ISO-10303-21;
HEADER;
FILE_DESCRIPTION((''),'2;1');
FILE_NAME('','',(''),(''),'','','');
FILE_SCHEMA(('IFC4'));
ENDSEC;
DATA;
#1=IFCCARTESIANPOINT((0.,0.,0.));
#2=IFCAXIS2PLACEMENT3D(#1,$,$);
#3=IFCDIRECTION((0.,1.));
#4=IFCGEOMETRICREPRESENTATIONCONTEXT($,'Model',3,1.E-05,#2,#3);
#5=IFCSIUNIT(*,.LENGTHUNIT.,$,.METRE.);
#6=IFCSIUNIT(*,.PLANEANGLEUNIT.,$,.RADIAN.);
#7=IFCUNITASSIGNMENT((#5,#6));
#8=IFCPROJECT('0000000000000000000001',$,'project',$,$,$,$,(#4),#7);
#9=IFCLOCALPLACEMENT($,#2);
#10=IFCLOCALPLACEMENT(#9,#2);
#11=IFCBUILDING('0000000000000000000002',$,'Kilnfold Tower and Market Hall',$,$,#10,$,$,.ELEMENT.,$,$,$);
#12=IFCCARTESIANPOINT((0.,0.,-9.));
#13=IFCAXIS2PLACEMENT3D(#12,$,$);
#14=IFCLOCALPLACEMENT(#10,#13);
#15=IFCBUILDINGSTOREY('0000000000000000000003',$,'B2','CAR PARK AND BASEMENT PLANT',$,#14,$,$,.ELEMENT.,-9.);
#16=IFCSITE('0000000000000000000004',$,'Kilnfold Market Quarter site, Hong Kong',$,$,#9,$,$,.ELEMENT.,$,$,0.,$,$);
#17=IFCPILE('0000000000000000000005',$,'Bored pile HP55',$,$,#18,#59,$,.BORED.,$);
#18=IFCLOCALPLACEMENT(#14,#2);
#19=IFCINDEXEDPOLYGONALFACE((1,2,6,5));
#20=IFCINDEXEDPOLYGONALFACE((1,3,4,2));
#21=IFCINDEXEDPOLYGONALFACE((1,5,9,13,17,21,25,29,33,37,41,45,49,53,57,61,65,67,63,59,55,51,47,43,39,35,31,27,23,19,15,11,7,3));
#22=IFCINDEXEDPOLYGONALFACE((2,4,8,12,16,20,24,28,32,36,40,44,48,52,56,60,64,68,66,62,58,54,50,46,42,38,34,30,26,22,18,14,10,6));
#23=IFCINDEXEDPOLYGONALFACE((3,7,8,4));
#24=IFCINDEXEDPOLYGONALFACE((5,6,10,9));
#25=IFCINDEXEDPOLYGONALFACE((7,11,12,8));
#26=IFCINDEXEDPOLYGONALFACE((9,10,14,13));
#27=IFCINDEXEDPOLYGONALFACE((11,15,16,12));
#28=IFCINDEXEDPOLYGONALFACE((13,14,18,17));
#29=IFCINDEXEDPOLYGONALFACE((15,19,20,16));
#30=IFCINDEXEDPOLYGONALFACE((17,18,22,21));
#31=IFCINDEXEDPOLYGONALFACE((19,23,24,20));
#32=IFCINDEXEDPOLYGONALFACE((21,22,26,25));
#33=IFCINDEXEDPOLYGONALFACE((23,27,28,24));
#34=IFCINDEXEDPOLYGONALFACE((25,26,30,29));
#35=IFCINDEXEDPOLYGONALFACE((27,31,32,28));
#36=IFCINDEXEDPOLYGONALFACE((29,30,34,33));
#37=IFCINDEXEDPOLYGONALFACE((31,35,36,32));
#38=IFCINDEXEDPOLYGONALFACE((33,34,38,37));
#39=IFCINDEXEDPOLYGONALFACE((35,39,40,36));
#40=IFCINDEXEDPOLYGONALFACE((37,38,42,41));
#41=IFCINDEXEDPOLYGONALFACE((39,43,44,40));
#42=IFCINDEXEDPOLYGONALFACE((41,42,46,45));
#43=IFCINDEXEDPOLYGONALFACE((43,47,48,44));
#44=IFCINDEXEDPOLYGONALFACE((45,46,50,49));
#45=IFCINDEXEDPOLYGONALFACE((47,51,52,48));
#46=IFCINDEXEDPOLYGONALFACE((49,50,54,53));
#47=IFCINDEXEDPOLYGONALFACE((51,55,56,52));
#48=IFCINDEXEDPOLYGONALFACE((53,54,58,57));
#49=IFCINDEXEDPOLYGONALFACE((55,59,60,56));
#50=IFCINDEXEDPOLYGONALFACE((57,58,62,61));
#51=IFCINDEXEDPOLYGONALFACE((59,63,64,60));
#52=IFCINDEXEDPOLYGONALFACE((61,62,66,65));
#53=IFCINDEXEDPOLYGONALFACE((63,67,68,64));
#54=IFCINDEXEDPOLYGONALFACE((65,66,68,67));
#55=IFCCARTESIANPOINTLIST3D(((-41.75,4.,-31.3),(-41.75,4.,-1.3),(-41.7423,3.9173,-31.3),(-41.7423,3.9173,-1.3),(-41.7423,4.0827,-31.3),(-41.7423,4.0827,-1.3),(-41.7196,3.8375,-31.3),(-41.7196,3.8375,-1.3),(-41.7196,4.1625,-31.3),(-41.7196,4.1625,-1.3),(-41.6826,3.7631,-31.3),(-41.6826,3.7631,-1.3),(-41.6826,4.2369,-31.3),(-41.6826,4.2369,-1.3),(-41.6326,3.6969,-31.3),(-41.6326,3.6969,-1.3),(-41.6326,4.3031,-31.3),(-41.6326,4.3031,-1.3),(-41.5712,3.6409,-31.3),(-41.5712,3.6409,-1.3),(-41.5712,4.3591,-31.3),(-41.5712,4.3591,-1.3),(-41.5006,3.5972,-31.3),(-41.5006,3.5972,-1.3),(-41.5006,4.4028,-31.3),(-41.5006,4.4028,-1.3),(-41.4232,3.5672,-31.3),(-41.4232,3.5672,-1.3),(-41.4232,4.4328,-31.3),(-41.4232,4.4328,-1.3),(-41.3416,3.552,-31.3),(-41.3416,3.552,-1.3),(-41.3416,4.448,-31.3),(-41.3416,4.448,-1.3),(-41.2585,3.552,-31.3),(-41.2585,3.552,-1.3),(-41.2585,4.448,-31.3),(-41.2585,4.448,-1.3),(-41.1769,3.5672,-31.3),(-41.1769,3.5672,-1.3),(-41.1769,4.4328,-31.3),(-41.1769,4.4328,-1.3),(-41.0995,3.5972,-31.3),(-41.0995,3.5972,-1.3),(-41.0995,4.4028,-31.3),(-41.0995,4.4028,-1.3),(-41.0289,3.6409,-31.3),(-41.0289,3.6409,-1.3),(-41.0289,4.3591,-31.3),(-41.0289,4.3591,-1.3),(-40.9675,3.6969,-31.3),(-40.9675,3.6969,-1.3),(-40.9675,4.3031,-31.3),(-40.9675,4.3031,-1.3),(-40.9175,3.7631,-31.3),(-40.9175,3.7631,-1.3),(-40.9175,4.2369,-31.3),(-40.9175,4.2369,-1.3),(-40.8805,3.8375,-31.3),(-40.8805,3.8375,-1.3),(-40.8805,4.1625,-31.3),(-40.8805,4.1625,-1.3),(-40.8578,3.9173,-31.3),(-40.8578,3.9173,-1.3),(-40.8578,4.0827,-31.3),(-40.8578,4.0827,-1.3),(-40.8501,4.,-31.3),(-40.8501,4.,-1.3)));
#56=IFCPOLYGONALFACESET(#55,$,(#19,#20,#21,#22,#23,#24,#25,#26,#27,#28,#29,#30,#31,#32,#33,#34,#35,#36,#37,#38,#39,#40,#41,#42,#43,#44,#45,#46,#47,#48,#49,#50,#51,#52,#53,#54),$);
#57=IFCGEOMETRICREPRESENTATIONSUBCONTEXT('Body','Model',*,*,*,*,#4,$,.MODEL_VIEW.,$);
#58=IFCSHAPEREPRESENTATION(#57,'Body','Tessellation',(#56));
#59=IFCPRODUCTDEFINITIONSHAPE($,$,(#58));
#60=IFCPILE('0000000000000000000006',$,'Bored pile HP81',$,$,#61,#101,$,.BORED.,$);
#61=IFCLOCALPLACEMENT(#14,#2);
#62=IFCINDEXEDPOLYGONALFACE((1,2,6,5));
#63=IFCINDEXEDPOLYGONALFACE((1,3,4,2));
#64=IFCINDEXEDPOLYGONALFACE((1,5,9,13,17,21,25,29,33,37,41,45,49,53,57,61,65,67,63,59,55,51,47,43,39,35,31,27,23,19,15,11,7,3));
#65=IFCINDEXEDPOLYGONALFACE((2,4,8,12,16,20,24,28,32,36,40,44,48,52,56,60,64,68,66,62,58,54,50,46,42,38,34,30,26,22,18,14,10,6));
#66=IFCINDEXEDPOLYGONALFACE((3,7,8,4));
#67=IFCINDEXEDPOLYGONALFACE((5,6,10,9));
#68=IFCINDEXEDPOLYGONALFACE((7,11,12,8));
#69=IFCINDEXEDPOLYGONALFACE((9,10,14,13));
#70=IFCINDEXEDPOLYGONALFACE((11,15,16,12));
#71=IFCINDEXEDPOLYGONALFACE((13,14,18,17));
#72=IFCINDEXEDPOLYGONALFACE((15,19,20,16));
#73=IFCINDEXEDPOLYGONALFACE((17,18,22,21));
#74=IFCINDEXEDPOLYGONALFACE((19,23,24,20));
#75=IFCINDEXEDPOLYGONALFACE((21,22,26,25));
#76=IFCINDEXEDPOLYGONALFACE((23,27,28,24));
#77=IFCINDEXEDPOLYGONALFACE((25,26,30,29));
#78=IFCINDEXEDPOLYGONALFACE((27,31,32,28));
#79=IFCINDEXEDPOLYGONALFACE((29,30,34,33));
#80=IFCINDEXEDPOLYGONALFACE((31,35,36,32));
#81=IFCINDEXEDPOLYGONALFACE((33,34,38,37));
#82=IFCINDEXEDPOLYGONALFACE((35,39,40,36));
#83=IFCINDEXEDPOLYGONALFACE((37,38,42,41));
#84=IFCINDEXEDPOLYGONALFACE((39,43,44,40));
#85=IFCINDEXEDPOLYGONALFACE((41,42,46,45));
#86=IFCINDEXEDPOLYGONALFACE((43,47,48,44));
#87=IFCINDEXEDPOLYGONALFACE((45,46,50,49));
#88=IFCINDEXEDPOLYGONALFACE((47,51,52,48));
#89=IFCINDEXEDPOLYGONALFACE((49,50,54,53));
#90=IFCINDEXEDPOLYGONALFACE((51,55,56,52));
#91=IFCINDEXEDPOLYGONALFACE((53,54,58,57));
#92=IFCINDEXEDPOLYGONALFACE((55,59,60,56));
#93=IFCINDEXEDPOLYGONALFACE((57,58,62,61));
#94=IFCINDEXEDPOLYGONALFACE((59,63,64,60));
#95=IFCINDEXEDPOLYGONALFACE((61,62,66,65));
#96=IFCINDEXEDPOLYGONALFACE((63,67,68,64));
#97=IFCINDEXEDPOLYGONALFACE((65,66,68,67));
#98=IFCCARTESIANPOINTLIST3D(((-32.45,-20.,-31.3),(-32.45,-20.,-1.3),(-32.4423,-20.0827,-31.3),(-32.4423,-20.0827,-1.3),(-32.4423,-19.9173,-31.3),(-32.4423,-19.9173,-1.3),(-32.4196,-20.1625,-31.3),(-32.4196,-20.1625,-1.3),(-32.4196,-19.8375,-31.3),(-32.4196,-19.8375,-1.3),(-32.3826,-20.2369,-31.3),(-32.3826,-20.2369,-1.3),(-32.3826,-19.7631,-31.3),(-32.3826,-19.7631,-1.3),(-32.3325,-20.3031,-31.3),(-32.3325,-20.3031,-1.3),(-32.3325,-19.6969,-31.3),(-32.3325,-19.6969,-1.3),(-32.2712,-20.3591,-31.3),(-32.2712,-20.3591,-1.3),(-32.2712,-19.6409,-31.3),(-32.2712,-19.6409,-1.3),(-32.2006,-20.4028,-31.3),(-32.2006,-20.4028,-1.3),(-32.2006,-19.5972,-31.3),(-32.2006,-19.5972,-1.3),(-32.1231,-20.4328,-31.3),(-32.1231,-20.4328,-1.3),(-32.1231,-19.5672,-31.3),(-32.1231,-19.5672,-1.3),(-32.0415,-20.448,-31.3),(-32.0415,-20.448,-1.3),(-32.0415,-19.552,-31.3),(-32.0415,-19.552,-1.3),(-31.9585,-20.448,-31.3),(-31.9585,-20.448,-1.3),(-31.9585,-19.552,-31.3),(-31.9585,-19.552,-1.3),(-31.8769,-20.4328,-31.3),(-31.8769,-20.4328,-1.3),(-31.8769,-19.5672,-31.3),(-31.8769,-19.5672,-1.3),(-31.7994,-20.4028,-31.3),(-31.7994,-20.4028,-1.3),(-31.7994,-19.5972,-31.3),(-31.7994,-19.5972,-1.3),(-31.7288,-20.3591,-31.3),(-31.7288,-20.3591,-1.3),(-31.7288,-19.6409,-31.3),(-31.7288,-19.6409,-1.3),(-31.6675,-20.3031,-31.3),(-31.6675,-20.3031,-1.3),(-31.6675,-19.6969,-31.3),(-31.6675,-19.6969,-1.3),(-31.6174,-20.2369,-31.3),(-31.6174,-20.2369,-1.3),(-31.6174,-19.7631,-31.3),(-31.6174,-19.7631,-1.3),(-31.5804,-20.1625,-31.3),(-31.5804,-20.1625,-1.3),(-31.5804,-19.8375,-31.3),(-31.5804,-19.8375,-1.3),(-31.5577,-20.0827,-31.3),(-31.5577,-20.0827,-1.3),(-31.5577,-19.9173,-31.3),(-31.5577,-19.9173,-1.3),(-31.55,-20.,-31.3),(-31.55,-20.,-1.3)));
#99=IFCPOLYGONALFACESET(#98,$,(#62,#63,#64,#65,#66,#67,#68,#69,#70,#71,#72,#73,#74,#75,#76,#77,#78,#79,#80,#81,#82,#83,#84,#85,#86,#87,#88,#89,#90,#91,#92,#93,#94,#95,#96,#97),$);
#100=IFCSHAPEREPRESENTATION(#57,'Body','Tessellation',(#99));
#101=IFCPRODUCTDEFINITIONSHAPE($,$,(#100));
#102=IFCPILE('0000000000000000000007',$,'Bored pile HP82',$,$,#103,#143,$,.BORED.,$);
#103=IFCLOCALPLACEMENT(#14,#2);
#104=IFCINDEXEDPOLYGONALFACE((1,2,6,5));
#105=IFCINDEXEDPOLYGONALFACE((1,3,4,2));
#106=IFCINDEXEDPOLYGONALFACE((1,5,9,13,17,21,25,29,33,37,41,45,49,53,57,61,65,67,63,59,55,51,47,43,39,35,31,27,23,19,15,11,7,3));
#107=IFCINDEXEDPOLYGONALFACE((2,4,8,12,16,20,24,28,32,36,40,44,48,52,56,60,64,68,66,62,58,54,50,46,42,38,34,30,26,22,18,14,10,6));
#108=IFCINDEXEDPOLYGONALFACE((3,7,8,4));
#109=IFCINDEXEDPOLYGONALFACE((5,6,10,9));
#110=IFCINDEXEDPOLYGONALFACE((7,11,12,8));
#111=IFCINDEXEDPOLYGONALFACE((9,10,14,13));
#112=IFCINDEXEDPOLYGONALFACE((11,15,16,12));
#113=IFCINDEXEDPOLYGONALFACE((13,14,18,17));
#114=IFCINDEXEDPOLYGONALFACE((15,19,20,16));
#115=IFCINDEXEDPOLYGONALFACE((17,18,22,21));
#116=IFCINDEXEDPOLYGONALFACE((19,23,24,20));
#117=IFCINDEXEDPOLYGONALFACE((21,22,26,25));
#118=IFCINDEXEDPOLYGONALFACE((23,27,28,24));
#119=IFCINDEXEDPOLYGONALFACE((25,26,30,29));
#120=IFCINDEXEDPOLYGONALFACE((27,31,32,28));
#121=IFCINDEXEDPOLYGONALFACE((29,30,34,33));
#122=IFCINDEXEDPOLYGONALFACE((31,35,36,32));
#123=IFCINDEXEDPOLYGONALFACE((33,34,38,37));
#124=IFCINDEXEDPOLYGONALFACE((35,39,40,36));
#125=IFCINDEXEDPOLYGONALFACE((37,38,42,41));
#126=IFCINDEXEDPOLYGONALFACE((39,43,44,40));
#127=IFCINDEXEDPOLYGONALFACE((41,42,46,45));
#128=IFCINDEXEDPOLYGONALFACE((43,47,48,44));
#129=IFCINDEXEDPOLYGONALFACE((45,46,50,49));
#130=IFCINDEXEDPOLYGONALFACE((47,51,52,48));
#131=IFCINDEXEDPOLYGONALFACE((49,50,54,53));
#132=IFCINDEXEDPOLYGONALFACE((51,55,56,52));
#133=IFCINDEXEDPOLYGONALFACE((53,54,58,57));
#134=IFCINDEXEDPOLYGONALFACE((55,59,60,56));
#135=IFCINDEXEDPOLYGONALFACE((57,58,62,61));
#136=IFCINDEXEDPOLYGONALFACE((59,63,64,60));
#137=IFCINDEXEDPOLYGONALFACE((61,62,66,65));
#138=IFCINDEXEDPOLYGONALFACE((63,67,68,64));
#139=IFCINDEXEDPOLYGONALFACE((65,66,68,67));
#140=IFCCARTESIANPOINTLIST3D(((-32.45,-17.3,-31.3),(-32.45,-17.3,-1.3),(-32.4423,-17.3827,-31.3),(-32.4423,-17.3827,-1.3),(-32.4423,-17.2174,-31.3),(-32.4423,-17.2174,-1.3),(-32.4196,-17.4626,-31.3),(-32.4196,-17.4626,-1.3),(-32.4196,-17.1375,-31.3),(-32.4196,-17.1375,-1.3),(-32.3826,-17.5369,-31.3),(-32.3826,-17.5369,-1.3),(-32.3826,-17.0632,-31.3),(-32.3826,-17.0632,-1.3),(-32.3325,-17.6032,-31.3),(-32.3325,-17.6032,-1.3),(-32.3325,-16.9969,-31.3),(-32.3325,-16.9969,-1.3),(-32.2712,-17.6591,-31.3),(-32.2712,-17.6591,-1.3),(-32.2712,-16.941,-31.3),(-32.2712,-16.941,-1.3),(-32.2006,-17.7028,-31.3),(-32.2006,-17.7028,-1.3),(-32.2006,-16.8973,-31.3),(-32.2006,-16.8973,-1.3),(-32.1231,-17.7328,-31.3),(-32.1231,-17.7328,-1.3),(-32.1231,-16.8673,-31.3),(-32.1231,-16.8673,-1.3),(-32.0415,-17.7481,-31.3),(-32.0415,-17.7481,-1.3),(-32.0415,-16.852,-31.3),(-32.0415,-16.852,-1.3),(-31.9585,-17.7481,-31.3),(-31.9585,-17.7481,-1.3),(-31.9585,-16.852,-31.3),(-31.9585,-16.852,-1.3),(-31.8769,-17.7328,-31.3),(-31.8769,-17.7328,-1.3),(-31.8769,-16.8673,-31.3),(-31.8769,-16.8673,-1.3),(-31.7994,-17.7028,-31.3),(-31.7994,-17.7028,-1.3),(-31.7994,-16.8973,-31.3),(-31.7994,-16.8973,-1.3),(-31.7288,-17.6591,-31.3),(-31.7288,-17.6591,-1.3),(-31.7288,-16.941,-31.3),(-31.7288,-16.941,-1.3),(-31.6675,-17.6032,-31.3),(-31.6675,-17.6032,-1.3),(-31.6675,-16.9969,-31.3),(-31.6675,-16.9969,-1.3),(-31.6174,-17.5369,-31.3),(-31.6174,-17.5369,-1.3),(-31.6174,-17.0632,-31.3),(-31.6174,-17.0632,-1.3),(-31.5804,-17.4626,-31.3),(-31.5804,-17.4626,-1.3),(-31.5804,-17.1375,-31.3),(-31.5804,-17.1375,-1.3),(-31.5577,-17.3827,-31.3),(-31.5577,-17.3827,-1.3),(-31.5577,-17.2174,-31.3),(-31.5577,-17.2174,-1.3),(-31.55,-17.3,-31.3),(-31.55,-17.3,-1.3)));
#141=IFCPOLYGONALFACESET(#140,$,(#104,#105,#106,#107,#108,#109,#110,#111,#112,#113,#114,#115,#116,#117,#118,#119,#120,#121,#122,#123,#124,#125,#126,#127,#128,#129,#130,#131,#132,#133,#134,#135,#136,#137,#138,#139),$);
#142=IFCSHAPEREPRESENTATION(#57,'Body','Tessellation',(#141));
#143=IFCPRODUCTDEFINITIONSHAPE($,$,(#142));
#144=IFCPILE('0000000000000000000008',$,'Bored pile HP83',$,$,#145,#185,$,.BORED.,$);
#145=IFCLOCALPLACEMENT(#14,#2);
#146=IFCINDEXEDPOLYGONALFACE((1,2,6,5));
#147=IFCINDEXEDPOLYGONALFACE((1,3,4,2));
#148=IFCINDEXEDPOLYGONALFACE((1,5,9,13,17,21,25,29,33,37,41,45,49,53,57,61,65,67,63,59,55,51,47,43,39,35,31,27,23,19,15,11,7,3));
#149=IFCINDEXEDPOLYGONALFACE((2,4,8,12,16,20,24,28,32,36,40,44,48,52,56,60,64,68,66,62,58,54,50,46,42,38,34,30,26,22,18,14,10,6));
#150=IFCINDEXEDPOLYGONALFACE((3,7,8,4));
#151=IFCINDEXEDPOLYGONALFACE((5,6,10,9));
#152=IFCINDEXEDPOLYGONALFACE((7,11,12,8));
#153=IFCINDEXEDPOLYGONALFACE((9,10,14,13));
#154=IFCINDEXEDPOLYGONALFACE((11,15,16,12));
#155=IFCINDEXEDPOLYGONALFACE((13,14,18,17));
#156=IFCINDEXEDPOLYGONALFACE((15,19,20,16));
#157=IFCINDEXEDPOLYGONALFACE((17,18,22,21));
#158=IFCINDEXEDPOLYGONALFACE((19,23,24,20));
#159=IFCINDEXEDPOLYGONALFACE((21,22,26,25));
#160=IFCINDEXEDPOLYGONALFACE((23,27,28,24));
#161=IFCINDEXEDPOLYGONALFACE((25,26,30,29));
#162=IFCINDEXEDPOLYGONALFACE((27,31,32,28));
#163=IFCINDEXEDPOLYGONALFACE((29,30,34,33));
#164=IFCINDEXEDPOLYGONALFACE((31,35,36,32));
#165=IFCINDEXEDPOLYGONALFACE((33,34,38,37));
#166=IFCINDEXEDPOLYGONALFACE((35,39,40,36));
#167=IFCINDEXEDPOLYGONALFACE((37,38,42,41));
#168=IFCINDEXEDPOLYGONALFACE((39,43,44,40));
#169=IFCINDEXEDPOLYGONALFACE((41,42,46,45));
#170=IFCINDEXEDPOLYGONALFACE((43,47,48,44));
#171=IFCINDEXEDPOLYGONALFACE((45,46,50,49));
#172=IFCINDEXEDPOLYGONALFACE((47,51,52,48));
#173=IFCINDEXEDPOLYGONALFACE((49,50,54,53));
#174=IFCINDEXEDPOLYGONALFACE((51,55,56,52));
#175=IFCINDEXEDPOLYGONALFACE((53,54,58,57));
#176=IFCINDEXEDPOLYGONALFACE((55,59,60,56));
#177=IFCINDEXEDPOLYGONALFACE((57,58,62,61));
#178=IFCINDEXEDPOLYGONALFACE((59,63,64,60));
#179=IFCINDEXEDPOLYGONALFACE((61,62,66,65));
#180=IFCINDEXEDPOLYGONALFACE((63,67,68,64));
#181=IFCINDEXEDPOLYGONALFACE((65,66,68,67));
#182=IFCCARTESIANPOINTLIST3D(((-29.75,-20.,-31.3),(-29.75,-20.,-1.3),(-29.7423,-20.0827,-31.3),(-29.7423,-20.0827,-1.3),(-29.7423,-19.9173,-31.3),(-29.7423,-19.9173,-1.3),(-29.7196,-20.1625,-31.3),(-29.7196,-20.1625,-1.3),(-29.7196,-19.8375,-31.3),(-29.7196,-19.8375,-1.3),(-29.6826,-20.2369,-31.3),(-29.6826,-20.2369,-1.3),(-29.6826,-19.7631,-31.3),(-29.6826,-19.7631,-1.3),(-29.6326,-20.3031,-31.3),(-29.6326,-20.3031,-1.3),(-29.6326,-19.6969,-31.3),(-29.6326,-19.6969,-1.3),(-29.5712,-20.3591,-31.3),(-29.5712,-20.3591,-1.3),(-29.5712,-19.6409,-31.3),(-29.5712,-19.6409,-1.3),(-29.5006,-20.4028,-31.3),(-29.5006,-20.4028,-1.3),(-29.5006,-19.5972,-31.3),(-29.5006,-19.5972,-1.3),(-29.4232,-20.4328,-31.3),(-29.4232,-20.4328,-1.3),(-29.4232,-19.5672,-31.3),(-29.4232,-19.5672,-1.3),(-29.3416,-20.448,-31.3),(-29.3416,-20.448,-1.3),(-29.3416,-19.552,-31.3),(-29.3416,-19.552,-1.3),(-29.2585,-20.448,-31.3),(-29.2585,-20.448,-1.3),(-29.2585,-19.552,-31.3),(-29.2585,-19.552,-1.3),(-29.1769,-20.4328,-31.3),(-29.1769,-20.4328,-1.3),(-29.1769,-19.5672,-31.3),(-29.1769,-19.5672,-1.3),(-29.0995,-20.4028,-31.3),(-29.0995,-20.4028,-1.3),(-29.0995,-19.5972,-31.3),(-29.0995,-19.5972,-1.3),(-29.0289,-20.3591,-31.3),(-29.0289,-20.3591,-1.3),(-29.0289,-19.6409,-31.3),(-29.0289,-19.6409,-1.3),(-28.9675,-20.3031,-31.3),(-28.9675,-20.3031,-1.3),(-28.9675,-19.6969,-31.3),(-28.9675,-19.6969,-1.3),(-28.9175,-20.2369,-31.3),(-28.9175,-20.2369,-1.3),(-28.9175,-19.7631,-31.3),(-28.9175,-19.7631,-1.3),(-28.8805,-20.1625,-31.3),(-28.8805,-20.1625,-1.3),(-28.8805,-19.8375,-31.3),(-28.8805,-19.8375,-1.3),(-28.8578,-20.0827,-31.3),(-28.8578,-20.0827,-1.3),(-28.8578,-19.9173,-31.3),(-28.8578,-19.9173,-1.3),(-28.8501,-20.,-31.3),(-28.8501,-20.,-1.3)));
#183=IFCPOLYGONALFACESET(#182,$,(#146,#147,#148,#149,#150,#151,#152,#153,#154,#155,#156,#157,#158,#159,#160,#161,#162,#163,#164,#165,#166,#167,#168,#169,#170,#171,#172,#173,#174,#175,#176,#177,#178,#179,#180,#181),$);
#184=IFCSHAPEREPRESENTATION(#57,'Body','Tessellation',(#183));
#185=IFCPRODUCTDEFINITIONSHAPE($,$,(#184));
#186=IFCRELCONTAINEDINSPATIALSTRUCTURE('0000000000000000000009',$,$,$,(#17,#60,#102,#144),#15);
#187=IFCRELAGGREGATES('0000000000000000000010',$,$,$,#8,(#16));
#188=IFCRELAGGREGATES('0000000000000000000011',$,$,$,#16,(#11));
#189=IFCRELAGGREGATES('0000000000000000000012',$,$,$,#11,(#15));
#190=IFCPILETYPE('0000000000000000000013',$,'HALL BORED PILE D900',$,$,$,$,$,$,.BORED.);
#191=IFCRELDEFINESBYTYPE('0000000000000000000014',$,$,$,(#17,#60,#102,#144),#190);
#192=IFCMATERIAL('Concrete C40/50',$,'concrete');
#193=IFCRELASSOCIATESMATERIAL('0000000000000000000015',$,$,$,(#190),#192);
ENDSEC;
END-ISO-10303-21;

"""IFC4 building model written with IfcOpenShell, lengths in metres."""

from ifc_helpers import new_model, si_unit, direction, frame, origin, origin_2d, place, context, subcontext, project, spatial, circle, extrude, source, transform, mapped, material, material_profile, profile_set, type_object, element, save


model = new_model("IFC4")

# Units and contexts
model_context = context("Model", 3, precision=1e-05, world=origin(), true_north=direction((0.0, 1.0)))
body_context = subcontext(model_context, "Body", "Model", "MODEL_VIEW")
ifc_project = project(units=[si_unit("LENGTHUNIT", "METRE"), si_unit("PLANEANGLEUNIT", "RADIAN")], contexts=[model_context])

# Site, building, storey
site_placement = place(None, origin())
site = spatial("IfcSite", under=ifc_project, at=site_placement, Name="Kilnfold Market Quarter site, Hong Kong", CompositionType="ELEMENT", RefElevation=0.0)
building_placement = place(site_placement, origin())
building = spatial("IfcBuilding", under=site, at=building_placement, Name="Kilnfold Tower and Market Hall", CompositionType="ELEMENT")
storey_placement = place(building_placement, frame((0.0, 0.0, -9.0)))
storey = spatial("IfcBuildingStorey", under=building, at=storey_placement, Name="B2", Description="CAR PARK AND BASEMENT PLANT", CompositionType="ELEMENT", Elevation=-9.0)

# Piles
ifc_material_1 = material(Name="Concrete C40/50", Category="concrete")
ifc_material_profile_1 = material_profile(ifc_material_1, circle(Radius=0.45, at=origin_2d()), Name="D900")
ifc_profile_set_1 = profile_set([ifc_material_profile_1], Name="Concrete C40/50")
pile_type = type_object("IfcPileType", Name="HALL BORED PILE D900", PredefinedType="BORED", material=ifc_profile_set_1)
shared_shape_1 = source(origin(), body_context, "Body", "SweptSolid", [
    extrude(circle(Radius=0.45, at=origin_2d()), origin(), (0.0, 0.0, 1.0), 30.0),
])
for number, where, z_axis, x_axis, name in (
    (1, (-41.3, 4.0, -1.3), (0.0, 0.0, -1.0), (1.0, 0.0, 0.0), "Bored pile HP55"),
    (2, (-32.0, -20.0, -1.3), (0.0, 0.0, -1.0), (1.0, 0.0, 0.0), "Bored pile HP81"),
    (3, (-32.0, -17.3, -1.3), (0.0, 0.0, -1.0), (1.0, 0.0, 0.0), "Bored pile HP82"),
    (4, (-29.3, -20.0, -1.3), (0.0, 0.0, -1.0), (1.0, 0.0, 0.0), "Bored pile HP83"),
):
    element("IfcPile", number, at=place(storey_placement, frame(where, z_axis=z_axis, x_axis=x_axis)), inside=storey, type_object=pile_type, Name=name, PredefinedType="BORED", context=body_context, shape_type="MappedRepresentation", body=[
        mapped(shared_shape_1, transform((0.0, 0.0, 0.0))),
    ])

save(model, "model.ifc")
